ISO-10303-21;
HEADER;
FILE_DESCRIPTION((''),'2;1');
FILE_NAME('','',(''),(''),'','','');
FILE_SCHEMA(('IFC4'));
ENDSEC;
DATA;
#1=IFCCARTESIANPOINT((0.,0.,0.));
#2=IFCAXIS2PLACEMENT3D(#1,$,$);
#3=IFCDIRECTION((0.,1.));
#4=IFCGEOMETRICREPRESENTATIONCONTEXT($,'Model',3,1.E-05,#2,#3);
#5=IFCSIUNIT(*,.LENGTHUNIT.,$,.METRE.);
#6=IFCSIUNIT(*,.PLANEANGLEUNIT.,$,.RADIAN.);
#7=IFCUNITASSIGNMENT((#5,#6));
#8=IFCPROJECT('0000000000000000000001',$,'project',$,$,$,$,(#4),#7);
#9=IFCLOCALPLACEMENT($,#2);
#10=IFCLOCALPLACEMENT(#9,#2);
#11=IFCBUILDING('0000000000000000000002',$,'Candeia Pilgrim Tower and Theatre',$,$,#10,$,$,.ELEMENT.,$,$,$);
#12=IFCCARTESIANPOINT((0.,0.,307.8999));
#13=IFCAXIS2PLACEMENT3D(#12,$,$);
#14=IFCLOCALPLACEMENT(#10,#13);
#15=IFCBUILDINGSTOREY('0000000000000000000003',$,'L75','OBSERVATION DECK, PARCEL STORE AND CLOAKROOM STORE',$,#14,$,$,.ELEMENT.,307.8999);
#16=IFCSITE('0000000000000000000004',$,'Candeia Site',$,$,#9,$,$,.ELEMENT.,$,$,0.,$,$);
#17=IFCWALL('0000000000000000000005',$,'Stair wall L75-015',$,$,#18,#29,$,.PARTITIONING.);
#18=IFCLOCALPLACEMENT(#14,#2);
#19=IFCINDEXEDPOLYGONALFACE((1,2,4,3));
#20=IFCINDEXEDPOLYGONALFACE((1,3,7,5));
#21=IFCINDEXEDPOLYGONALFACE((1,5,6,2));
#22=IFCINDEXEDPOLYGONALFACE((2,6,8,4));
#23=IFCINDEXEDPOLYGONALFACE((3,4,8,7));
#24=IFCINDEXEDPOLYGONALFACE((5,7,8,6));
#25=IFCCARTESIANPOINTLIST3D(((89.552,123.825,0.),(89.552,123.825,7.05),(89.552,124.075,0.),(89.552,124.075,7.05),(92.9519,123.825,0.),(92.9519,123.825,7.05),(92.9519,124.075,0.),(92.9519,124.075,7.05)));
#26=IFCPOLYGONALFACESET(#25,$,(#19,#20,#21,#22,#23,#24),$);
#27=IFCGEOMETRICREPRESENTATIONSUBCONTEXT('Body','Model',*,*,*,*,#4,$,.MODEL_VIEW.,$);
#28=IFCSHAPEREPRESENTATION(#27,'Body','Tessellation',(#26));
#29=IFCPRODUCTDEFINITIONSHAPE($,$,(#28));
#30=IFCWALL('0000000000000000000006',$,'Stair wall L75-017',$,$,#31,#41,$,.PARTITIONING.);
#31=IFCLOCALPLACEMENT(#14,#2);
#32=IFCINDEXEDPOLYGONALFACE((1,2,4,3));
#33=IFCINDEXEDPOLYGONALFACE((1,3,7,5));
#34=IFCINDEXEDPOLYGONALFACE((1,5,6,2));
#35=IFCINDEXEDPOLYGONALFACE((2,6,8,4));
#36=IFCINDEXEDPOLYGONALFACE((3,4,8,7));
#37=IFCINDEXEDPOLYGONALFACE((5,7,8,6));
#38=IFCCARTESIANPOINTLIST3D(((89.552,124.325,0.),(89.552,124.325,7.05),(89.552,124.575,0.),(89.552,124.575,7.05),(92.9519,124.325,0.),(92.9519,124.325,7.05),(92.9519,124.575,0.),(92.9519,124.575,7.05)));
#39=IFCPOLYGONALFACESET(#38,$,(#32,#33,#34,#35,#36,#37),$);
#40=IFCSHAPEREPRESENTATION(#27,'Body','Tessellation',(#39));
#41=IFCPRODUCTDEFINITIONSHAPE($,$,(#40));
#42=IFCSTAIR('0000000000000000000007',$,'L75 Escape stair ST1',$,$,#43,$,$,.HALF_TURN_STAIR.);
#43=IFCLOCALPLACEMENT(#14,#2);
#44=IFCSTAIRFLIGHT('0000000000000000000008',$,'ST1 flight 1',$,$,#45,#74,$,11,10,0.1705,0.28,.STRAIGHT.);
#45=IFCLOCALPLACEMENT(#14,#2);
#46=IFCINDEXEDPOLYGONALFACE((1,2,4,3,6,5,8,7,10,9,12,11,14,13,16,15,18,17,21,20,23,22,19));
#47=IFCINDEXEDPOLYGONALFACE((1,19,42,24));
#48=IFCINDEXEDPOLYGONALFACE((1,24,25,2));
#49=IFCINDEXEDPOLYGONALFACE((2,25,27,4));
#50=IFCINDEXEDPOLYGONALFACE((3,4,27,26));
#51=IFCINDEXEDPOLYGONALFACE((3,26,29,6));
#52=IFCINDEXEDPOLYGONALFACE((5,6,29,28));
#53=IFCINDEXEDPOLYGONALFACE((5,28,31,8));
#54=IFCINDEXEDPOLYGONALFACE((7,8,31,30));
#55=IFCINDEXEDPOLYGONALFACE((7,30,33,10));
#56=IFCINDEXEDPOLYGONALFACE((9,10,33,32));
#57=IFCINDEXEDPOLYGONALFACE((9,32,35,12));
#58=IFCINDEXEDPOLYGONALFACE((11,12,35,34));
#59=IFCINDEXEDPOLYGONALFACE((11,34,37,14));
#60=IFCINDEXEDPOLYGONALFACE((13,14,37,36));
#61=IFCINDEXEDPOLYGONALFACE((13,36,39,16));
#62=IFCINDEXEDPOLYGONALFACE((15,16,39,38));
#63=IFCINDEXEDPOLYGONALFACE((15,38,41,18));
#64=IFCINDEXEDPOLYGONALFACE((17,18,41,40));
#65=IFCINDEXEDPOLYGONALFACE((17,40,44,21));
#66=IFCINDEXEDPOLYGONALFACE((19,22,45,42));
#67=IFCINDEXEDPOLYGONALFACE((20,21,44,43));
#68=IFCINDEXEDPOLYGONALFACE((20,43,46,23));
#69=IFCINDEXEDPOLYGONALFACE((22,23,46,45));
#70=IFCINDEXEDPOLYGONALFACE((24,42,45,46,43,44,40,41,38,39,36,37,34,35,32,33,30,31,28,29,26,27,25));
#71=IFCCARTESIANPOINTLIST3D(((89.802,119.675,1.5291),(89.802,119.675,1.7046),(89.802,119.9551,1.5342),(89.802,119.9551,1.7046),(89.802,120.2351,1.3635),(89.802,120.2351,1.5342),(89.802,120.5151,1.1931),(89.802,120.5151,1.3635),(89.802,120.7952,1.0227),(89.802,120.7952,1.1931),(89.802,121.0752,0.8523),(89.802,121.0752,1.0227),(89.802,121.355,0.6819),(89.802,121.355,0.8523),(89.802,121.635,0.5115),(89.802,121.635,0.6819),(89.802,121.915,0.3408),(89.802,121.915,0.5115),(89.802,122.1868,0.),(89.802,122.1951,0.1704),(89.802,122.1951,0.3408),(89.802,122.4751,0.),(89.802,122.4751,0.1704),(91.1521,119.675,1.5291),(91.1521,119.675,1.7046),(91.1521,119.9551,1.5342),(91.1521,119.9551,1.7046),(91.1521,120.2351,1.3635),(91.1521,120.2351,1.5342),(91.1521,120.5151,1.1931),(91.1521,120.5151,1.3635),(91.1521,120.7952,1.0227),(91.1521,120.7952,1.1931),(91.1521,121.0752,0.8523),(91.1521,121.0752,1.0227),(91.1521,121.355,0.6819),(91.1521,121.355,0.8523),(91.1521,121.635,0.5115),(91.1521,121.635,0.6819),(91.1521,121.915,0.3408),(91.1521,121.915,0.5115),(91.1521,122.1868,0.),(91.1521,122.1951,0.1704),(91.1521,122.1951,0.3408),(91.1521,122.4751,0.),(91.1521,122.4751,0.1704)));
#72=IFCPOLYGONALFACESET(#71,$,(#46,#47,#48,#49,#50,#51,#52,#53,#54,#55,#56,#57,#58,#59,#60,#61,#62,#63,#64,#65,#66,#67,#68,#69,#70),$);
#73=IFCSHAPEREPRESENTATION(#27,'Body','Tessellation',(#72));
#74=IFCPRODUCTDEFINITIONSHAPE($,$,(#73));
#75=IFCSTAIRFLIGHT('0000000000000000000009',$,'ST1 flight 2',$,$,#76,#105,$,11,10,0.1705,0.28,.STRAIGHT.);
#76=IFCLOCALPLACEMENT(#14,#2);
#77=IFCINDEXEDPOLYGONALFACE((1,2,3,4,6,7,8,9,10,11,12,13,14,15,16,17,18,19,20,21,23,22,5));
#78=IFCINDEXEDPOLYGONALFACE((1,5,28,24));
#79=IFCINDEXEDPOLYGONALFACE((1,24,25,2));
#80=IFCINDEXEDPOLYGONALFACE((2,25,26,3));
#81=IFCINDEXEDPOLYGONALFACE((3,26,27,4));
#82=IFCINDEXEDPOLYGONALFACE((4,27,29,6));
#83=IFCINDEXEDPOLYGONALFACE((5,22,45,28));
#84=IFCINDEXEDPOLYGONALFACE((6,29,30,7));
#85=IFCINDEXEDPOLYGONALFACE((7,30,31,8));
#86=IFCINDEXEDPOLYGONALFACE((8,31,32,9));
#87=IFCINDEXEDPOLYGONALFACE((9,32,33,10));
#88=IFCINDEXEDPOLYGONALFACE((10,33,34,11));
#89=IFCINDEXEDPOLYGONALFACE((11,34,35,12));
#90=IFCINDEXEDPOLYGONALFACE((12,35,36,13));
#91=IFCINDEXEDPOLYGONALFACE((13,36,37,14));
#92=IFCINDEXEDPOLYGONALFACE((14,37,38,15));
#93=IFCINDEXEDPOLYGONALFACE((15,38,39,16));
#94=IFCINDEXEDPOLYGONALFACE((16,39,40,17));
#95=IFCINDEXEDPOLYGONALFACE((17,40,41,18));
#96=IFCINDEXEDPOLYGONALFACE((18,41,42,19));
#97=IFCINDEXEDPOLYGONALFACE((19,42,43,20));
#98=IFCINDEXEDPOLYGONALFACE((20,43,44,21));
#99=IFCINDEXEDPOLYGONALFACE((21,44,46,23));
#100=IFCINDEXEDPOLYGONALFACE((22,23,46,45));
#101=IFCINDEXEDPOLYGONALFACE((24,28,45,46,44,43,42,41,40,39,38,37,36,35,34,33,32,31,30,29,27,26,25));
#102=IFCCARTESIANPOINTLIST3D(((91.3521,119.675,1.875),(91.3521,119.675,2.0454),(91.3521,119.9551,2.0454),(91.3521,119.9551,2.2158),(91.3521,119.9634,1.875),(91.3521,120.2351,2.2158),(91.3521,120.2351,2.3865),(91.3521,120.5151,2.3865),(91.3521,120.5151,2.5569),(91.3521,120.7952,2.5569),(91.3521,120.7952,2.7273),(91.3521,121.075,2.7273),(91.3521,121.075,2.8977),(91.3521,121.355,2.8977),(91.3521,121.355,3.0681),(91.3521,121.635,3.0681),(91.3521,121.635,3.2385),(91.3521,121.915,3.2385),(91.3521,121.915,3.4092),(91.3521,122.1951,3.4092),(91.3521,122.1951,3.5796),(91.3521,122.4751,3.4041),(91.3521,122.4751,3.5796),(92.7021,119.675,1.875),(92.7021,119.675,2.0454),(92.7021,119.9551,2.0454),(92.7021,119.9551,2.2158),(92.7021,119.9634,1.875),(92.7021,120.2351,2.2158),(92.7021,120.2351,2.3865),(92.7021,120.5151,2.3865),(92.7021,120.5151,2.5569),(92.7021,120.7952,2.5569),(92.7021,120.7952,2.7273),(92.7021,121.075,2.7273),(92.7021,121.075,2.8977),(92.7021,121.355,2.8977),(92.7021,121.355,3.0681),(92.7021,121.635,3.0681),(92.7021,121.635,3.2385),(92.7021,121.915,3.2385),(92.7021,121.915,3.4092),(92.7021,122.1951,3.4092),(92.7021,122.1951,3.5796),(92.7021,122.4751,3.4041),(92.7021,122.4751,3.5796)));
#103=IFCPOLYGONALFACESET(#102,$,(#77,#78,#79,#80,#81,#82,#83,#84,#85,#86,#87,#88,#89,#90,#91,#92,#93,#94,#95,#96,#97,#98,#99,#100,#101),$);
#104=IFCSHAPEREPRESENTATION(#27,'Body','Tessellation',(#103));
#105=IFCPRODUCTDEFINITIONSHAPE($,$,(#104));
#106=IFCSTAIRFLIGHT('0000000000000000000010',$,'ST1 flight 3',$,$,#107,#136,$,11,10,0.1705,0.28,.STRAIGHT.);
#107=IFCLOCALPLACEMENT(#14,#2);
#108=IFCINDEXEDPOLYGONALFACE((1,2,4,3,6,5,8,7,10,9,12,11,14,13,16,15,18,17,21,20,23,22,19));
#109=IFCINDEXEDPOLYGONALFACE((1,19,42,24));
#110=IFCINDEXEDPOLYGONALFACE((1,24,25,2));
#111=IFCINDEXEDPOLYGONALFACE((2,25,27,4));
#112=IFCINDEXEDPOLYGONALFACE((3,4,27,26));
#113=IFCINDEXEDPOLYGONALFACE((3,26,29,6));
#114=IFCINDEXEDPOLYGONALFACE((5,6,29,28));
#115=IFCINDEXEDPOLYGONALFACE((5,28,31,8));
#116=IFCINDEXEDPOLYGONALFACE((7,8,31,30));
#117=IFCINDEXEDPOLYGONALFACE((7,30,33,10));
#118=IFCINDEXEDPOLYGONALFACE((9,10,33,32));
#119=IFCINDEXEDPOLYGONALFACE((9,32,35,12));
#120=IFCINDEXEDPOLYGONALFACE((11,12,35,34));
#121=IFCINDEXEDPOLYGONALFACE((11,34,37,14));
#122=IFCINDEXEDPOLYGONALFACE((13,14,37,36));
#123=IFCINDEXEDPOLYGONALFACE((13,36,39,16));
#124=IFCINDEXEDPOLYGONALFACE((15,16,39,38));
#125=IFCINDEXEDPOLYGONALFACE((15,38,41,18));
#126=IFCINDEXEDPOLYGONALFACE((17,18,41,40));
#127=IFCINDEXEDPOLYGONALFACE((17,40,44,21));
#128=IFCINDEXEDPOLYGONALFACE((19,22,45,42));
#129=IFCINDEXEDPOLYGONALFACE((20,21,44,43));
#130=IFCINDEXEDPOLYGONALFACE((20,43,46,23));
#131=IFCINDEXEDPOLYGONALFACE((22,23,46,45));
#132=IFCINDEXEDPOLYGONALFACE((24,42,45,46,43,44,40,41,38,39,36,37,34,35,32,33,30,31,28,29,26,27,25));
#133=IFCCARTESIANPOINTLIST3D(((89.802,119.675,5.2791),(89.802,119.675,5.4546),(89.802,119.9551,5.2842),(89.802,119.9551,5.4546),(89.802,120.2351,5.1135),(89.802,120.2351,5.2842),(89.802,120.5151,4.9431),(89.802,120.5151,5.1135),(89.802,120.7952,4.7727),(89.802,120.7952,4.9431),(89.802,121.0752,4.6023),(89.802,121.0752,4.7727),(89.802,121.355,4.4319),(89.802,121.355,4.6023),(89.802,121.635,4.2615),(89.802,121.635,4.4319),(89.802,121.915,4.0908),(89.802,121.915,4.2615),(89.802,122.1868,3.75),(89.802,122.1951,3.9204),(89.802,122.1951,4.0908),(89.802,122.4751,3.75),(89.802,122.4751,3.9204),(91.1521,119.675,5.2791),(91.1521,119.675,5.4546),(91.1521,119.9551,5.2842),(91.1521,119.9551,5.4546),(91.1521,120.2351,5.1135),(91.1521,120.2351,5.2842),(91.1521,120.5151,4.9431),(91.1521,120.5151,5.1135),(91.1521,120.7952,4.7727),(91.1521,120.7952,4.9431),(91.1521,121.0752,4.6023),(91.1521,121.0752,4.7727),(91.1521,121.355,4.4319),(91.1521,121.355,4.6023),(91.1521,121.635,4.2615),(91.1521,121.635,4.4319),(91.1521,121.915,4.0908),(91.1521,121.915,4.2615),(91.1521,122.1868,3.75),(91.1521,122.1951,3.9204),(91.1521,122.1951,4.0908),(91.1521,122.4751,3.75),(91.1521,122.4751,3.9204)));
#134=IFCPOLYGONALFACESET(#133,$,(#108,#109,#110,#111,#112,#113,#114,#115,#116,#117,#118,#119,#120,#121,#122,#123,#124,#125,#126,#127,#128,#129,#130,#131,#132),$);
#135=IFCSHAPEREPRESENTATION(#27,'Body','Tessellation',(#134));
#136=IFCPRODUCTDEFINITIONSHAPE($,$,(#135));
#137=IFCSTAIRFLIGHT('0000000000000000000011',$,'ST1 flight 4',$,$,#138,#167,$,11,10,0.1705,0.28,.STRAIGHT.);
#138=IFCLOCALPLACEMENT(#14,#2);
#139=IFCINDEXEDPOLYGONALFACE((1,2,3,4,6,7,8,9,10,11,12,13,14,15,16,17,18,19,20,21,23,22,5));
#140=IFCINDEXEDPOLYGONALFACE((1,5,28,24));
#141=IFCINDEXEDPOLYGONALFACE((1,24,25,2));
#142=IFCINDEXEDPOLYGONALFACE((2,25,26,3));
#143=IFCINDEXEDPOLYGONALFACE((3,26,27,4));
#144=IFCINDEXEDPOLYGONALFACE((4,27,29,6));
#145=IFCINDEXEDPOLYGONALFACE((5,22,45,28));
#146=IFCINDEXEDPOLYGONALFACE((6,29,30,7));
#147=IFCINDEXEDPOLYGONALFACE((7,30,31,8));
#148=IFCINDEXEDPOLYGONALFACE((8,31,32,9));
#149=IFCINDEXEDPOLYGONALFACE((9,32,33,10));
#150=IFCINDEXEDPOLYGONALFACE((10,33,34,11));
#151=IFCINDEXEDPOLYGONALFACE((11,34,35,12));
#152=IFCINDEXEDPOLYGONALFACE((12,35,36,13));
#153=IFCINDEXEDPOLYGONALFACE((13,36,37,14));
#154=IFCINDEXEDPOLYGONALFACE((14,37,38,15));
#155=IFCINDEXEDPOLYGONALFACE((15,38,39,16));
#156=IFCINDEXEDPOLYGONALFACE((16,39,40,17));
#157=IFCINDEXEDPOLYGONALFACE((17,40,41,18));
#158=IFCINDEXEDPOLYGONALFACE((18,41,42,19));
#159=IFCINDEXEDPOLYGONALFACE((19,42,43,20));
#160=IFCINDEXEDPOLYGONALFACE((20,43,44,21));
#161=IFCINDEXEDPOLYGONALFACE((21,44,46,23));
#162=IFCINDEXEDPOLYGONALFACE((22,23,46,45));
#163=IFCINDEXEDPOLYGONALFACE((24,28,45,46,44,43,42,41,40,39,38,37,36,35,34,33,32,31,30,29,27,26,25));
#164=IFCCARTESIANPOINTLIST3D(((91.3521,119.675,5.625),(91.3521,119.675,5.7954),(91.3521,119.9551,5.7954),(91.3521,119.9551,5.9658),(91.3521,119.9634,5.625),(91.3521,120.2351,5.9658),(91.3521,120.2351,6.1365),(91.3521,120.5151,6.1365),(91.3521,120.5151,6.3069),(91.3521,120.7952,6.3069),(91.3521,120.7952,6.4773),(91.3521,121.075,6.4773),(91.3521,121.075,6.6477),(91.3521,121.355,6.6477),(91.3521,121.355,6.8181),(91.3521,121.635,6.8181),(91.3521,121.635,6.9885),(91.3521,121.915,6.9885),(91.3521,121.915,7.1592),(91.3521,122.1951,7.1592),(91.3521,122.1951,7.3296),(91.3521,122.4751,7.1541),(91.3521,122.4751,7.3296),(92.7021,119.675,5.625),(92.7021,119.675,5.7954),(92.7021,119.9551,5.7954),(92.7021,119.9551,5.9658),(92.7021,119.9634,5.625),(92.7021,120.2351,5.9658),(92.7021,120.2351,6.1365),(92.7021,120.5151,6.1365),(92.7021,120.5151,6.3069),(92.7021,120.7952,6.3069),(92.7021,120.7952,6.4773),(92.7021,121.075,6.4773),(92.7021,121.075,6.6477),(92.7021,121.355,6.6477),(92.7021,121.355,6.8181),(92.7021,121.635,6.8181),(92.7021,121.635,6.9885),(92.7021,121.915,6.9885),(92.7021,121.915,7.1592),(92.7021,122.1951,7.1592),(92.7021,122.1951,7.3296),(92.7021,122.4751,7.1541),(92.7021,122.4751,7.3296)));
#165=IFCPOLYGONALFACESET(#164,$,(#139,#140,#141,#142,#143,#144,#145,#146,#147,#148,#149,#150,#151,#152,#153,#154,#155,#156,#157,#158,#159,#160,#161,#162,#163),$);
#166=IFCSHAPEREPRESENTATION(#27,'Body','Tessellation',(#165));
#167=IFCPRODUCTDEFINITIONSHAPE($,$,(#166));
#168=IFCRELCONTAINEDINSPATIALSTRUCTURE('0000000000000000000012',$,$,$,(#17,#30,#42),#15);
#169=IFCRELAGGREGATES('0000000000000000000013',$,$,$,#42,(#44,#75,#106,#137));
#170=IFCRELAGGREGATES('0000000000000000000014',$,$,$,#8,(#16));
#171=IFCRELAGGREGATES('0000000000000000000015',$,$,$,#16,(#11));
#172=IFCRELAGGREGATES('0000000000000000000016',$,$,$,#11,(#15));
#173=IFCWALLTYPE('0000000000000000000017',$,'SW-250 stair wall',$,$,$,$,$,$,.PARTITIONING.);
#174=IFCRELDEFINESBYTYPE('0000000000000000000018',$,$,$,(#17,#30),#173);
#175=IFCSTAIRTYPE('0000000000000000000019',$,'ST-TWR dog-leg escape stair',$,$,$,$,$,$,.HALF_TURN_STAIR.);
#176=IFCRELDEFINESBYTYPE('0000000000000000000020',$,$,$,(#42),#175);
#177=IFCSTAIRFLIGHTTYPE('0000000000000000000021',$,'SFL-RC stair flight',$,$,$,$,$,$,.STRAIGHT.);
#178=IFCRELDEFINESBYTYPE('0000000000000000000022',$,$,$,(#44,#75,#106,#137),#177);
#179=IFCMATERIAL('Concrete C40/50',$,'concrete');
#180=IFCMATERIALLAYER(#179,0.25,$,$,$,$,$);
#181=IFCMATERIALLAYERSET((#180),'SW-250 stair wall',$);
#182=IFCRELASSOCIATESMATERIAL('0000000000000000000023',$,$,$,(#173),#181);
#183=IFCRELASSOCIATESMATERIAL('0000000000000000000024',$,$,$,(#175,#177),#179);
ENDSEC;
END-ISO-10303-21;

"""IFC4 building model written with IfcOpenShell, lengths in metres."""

from ifc_helpers import new_model, si_unit, direction, frame, frame_2d, origin, place, context, subcontext, project, spatial, polyline, rectangle, outline, extrude, material, layer, layer_set, type_object, element, aggregate, save


model = new_model("IFC4")

# Units and contexts
model_context = context("Model", 3, precision=1e-05, world=origin(), true_north=direction((0.0, 1.0)))
body_context = subcontext(model_context, "Body", "Model", "MODEL_VIEW")
ifc_project = project(units=[si_unit("LENGTHUNIT", "METRE"), si_unit("PLANEANGLEUNIT", "RADIAN")], contexts=[model_context])

# Site, building, storey
site_placement = place(None, origin())
site = spatial("IfcSite", under=ifc_project, at=site_placement, Name="Candeia Site", CompositionType="ELEMENT", RefElevation=0.0)
building_placement = place(site_placement, origin())
building = spatial("IfcBuilding", under=site, at=building_placement, Name="Candeia Pilgrim Tower and Theatre", CompositionType="ELEMENT")
storey_placement = place(building_placement, frame((0.0, 0.0, 307.8999)))
storey = spatial("IfcBuildingStorey", under=building, at=storey_placement, Name="L75", Description="OBSERVATION DECK, PARCEL STORE AND CLOAKROOM STORE", CompositionType="ELEMENT", Elevation=307.8999)

# Walls
ifc_material_1 = material(Name="Concrete C40/50", Category="concrete")
ifc_layer = layer(ifc_material_1, 0.25)
ifc_layer_set = layer_set([ifc_layer], Name="SW-250 stair wall")
wall_type = type_object("IfcWallType", Name="SW-250 stair wall", PredefinedType="PARTITIONING", material=ifc_layer_set)
for number, where, z_axis, x_axis, name in (
    (1, (89.552, 123.95, 0.0), (0.0, 0.0, 1.0), (1.0, 0.0, 0.0), "Stair wall L75-015"),
    (2, (89.552, 124.45, 0.0), (0.0, 0.0, 1.0), (1.0, 0.0, 0.0), "Stair wall L75-017"),
):
    element("IfcWall", number, at=place(storey_placement, frame(where, z_axis=z_axis, x_axis=x_axis)), inside=storey, type_object=wall_type, Name=name, PredefinedType="PARTITIONING", context=body_context, shape_type="SweptSolid", body=[
        extrude(rectangle(XDim=3.3999, YDim=0.25, at=frame_2d((1.7, 0.0))), origin(), (0.0, 0.0, 1.0), 7.05),
    ])

# Stair, stair flights
stair_type = type_object("IfcStairType", Name="ST-TWR dog-leg escape stair", PredefinedType="HALF_TURN_STAIR", material=ifc_material_1)
stair_1_placement = place(storey_placement, origin())
stair_1 = element("IfcStair", 3, at=stair_1_placement, inside=storey, type_object=stair_type, Name="L75 Escape stair ST1", PredefinedType="HALF_TURN_STAIR")
stair_flight_type = type_object("IfcStairFlightType", Name="SFL-RC stair flight", PredefinedType="STRAIGHT", material=ifc_material_1)
stair_flight_1_placement = place(storey_placement, frame((90.4771, 122.4751, 0.0), z_axis=(0.0, 0.0, 1.0), x_axis=(0.0, -1.0, 0.0)))
stair_flight_1 = element("IfcStairFlight", 4, at=stair_flight_1_placement, type_object=stair_flight_type, Name="ST1 flight 1", NumberOfRisers=11, NumberOfTreads=10, PredefinedType="STRAIGHT", RiserHeight=0.1705, TreadLength=0.28, context=body_context, shape_type="SweptSolid", body=[
    extrude(outline(polyline([(0.0, 0.0), (0.0, 0.1704), (0.28, 0.1704), (0.28, 0.3408), (0.5601, 0.3408), (0.5601, 0.5115), (0.8401, 0.5115), (0.8401, 0.6819), (1.1201, 0.6819), (1.1201, 0.8523), (1.3999, 0.8523), (1.3999, 1.0227), (1.6799, 1.0227), (1.6799, 1.1931), (1.96, 1.1931), (1.96, 1.3635), (2.24, 1.3635), (2.24, 1.5342), (2.52, 1.5342), (2.52, 1.7046), (2.8, 1.7046), (2.8, 1.875), (2.8, 1.5291), (0.2883, 0.0), (0.0, 0.0)])), frame((0.0, 0.675, 0.0), z_axis=(0.0, -1.0, 0.0), x_axis=(1.0, 0.0, 0.0)), (0.0, 0.0, 1.0), 1.3501),
])
stair_flight_2_placement = place(storey_placement, frame((92.0271, 119.675, 1.875), z_axis=(0.0, 0.0, 1.0), x_axis=(0.0, 1.0, 0.0)))
stair_flight_2 = element("IfcStairFlight", 5, at=stair_flight_2_placement, type_object=stair_flight_type, Name="ST1 flight 2", NumberOfRisers=11, NumberOfTreads=10, PredefinedType="STRAIGHT", RiserHeight=0.1705, TreadLength=0.28, context=body_context, shape_type="SweptSolid", body=[
    extrude(outline(polyline([(0.0, 0.0), (0.0, 0.1704), (0.28, 0.1704), (0.28, 0.3408), (0.5601, 0.3408), (0.5601, 0.5115), (0.8401, 0.5115), (0.8401, 0.6819), (1.1201, 0.6819), (1.1201, 0.8523), (1.3999, 0.8523), (1.3999, 1.0227), (1.6799, 1.0227), (1.6799, 1.1931), (1.96, 1.1931), (1.96, 1.3635), (2.24, 1.3635), (2.24, 1.5342), (2.52, 1.5342), (2.52, 1.7046), (2.8, 1.7046), (2.8, 1.875), (2.8, 1.5291), (0.2883, 0.0), (0.0, 0.0)])), frame((0.0, 0.675, 0.0), z_axis=(0.0, -1.0, 0.0), x_axis=(1.0, 0.0, 0.0)), (0.0, 0.0, 1.0), 1.3501),
])
stair_flight_3_placement = place(storey_placement, frame((90.4771, 122.4751, 3.75), z_axis=(0.0, 0.0, 1.0), x_axis=(0.0, -1.0, 0.0)))
stair_flight_3 = element("IfcStairFlight", 6, at=stair_flight_3_placement, type_object=stair_flight_type, Name="ST1 flight 3", NumberOfRisers=11, NumberOfTreads=10, PredefinedType="STRAIGHT", RiserHeight=0.1705, TreadLength=0.28, context=body_context, shape_type="SweptSolid", body=[
    extrude(outline(polyline([(0.0, 0.0), (0.0, 0.1704), (0.28, 0.1704), (0.28, 0.3408), (0.5601, 0.3408), (0.5601, 0.5115), (0.8401, 0.5115), (0.8401, 0.6819), (1.1201, 0.6819), (1.1201, 0.8523), (1.3999, 0.8523), (1.3999, 1.0227), (1.6799, 1.0227), (1.6799, 1.1931), (1.96, 1.1931), (1.96, 1.3635), (2.24, 1.3635), (2.24, 1.5342), (2.52, 1.5342), (2.52, 1.7046), (2.8, 1.7046), (2.8, 1.875), (2.8, 1.5291), (0.2883, 0.0), (0.0, 0.0)])), frame((0.0, 0.675, 0.0), z_axis=(0.0, -1.0, 0.0), x_axis=(1.0, 0.0, 0.0)), (0.0, 0.0, 1.0), 1.3501),
])
stair_flight_4_placement = place(storey_placement, frame((92.0271, 119.675, 5.625), z_axis=(0.0, 0.0, 1.0), x_axis=(0.0, 1.0, 0.0)))
stair_flight_4 = element("IfcStairFlight", 7, at=stair_flight_4_placement, type_object=stair_flight_type, Name="ST1 flight 4", NumberOfRisers=11, NumberOfTreads=10, PredefinedType="STRAIGHT", RiserHeight=0.1705, TreadLength=0.28, context=body_context, shape_type="SweptSolid", body=[
    extrude(outline(polyline([(0.0, 0.0), (0.0, 0.1704), (0.28, 0.1704), (0.28, 0.3408), (0.5601, 0.3408), (0.5601, 0.5115), (0.8401, 0.5115), (0.8401, 0.6819), (1.1201, 0.6819), (1.1201, 0.8523), (1.3999, 0.8523), (1.3999, 1.0227), (1.6799, 1.0227), (1.6799, 1.1931), (1.96, 1.1931), (1.96, 1.3635), (2.24, 1.3635), (2.24, 1.5342), (2.52, 1.5342), (2.52, 1.7046), (2.8, 1.7046), (2.8, 1.875), (2.8, 1.5291), (0.2883, 0.0), (0.0, 0.0)])), frame((0.0, 0.675, 0.0), z_axis=(0.0, -1.0, 0.0), x_axis=(1.0, 0.0, 0.0)), (0.0, 0.0, 1.0), 1.3501),
])
aggregate(stair_1, [stair_flight_1, stair_flight_2, stair_flight_3, stair_flight_4])

save(model, "model.ifc")
